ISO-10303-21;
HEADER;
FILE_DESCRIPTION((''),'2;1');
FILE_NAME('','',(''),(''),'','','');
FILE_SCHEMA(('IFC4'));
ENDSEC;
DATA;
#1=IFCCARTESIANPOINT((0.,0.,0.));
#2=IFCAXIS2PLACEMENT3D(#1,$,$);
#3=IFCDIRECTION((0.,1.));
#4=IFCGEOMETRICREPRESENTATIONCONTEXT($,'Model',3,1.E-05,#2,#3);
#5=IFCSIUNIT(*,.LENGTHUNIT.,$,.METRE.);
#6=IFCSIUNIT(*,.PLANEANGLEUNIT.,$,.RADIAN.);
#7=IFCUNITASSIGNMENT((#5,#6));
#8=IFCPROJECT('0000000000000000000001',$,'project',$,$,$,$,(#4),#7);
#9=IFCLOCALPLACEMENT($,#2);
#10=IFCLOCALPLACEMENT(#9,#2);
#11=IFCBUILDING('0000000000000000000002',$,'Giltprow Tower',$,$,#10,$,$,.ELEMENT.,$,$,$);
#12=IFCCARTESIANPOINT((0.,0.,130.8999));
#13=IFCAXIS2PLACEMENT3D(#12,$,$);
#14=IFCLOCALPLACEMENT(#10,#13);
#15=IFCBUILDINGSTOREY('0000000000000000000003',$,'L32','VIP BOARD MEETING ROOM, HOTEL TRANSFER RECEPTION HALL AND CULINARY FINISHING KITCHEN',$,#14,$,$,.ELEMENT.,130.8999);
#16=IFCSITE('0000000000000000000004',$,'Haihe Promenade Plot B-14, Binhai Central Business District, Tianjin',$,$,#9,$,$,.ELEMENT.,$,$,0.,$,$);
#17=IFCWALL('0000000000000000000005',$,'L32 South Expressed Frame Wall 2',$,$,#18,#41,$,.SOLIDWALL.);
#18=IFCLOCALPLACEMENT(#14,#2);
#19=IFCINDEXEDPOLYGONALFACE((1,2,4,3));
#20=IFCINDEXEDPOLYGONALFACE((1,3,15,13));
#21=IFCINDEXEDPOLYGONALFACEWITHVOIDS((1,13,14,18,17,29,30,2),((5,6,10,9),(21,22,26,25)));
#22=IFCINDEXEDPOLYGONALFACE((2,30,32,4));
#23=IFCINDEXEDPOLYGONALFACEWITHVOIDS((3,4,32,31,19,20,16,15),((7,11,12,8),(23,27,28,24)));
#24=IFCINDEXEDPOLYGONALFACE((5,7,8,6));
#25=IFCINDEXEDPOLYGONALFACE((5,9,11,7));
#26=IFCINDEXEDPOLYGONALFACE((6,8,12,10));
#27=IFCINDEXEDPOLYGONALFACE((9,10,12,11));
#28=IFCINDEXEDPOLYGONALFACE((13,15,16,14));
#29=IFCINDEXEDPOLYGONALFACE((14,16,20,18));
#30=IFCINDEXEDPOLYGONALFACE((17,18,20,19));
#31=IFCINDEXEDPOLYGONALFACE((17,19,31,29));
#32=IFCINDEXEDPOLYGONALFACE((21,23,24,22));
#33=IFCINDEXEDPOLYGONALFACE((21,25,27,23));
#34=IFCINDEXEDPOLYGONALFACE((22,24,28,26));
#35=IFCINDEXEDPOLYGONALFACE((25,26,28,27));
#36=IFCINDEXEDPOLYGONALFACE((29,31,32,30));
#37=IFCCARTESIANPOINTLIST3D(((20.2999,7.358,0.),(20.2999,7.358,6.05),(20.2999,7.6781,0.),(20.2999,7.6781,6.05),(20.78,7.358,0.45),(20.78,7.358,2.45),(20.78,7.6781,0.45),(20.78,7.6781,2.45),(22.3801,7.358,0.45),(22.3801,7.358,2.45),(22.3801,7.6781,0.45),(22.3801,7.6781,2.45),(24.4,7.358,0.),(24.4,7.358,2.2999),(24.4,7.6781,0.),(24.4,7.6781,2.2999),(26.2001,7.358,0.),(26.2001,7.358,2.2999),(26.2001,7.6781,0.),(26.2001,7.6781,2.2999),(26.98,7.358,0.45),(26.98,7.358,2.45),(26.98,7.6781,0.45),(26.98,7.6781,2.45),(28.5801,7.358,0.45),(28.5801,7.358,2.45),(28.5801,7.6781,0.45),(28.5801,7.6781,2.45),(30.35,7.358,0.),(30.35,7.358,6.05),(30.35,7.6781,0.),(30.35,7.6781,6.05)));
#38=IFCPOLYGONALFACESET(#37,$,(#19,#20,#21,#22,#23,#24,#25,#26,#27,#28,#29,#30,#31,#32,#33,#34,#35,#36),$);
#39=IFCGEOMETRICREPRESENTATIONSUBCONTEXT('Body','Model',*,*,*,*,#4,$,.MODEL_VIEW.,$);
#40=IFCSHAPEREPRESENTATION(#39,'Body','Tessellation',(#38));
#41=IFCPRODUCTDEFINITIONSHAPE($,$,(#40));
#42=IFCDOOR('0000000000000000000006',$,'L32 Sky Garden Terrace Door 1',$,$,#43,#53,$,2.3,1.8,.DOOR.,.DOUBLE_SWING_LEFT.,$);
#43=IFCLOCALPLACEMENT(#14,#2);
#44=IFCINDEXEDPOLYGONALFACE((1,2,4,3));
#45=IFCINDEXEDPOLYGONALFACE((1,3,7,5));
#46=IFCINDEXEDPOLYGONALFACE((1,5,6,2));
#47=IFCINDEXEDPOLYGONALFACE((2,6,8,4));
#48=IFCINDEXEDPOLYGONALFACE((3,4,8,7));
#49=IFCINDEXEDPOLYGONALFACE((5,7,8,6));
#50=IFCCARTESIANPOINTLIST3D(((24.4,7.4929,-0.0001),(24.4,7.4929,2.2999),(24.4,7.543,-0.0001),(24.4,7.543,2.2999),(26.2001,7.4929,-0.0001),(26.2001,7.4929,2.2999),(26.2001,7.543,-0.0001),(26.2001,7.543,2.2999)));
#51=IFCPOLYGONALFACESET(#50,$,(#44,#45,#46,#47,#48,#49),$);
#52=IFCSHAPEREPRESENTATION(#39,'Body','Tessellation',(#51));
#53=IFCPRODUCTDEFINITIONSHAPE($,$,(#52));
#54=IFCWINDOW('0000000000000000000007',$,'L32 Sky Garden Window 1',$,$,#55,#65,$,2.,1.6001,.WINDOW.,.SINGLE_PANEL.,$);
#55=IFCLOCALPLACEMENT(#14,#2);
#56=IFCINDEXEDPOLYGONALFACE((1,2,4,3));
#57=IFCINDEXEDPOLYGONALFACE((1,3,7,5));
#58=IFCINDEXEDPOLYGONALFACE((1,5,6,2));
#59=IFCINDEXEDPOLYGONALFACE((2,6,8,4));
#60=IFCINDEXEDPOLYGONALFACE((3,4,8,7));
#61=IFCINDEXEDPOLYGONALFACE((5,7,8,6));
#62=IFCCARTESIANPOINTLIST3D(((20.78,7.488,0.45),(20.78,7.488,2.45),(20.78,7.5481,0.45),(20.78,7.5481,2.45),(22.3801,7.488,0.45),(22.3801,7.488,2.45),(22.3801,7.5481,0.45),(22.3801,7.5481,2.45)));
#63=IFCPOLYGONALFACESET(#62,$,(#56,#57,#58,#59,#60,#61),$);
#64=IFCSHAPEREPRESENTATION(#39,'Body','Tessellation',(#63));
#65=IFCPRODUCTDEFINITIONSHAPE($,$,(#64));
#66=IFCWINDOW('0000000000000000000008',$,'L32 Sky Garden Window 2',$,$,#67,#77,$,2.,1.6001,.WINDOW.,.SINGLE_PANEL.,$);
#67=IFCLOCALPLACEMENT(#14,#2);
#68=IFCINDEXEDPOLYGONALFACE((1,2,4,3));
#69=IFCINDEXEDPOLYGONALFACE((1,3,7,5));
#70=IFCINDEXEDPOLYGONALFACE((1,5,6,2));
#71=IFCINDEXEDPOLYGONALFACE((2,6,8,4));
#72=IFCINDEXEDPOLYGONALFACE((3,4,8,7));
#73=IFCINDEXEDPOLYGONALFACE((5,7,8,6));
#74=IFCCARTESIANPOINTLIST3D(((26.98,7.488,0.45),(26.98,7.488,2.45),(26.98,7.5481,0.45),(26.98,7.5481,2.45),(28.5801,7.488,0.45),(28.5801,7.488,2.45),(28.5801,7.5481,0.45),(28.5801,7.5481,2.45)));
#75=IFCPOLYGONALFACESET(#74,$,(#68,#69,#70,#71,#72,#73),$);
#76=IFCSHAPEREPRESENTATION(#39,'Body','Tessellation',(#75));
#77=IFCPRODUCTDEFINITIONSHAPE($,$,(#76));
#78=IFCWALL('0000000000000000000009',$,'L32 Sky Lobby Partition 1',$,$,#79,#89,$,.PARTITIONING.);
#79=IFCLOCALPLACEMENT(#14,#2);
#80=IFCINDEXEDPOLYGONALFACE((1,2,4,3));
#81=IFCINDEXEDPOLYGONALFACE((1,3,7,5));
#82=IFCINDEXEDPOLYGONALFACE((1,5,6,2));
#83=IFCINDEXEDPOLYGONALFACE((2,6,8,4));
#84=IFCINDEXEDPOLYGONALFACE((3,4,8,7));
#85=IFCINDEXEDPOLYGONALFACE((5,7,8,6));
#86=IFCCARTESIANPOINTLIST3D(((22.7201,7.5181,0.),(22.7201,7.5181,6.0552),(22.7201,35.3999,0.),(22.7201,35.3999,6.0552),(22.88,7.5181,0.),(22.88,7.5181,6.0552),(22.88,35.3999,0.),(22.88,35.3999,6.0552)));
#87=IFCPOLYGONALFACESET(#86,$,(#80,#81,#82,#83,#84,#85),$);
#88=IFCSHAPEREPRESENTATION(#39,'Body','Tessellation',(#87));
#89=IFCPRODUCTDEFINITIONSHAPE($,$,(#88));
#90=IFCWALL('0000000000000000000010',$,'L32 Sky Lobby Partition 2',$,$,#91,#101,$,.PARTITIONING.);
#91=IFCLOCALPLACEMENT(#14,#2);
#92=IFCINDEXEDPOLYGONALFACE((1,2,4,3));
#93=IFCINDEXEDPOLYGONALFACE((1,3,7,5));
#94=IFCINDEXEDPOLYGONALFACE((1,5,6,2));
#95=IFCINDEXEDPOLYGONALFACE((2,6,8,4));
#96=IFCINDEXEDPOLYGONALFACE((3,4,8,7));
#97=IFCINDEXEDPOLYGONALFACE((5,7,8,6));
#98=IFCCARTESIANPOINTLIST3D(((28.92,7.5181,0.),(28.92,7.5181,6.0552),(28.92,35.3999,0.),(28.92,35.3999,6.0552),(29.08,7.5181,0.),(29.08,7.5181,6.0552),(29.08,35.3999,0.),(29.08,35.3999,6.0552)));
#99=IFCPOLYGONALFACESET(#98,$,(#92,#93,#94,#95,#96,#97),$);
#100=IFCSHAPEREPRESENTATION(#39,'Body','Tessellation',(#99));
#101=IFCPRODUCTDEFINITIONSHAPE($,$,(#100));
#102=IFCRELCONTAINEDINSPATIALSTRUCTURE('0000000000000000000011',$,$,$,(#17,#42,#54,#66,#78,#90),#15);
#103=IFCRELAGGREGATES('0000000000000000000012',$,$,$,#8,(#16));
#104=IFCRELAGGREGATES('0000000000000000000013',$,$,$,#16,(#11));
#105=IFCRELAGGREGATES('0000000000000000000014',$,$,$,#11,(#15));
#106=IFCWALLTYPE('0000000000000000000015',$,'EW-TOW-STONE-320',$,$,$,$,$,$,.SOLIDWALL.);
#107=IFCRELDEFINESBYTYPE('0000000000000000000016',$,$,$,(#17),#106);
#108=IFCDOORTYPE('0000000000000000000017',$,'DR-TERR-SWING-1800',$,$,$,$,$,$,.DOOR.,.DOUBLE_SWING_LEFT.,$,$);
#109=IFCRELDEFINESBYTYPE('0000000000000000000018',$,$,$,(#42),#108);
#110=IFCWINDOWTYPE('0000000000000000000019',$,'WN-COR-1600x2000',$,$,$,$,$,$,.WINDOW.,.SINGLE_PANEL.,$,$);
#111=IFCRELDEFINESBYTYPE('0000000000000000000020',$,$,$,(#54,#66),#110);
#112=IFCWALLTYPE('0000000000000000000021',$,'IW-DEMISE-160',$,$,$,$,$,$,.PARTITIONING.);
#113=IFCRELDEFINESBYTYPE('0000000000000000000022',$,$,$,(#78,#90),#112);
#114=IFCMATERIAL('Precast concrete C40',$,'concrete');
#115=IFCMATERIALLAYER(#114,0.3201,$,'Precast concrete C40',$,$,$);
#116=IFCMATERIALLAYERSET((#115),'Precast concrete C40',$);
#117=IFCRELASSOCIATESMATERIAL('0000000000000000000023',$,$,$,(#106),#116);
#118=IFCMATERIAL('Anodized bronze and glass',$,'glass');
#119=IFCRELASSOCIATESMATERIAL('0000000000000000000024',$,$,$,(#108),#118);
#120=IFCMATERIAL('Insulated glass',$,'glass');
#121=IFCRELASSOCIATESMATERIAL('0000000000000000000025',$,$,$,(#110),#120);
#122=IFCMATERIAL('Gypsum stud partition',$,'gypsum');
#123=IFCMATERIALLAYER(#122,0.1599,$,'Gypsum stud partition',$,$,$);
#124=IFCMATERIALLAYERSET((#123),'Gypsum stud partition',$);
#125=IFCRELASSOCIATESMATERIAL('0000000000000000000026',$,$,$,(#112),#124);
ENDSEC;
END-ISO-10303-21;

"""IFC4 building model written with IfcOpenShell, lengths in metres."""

from ifc_helpers import new_model, si_unit, direction, frame, frame_2d, origin, place, context, subcontext, project, spatial, rectangle, extrude, source, transform, mapped, material, layer, layer_set, type_object, element, fill, save


model = new_model("IFC4")

# Units and contexts
model_context = context("Model", 3, precision=1e-05, world=origin(), true_north=direction((0.0, 1.0)))
body_context = subcontext(model_context, "Body", "Model", "MODEL_VIEW")
ifc_project = project(units=[si_unit("LENGTHUNIT", "METRE"), si_unit("PLANEANGLEUNIT", "RADIAN")], contexts=[model_context])

# Site, building, storey
site_placement = place(None, origin())
site = spatial("IfcSite", under=ifc_project, at=site_placement, Name="Haihe Promenade Plot B-14, Binhai Central Business District, Tianjin", CompositionType="ELEMENT", RefElevation=0.0)
building_placement = place(site_placement, origin())
building = spatial("IfcBuilding", under=site, at=building_placement, Name="Giltprow Tower", CompositionType="ELEMENT")
storey_placement = place(building_placement, frame((0.0, 0.0, 130.8999)))
storey = spatial("IfcBuildingStorey", under=building, at=storey_placement, Name="L32", Description="VIP BOARD MEETING ROOM, HOTEL TRANSFER RECEPTION HALL AND CULINARY FINISHING KITCHEN", CompositionType="ELEMENT", Elevation=130.8999)

# Shared definitions
ifc_material_1 = material(Name="Insulated glass", Category="glass")

# Wall, openings, door, windows
ifc_material_2 = material(Name="Precast concrete C40", Category="concrete")
ifc_layer_1 = layer(ifc_material_2, 0.3201, Name="Precast concrete C40")
ifc_layer_set_1 = layer_set([ifc_layer_1], Name="Precast concrete C40")
wall_type_1 = type_object("IfcWallType", Name="EW-TOW-STONE-320", PredefinedType="SOLIDWALL", material=ifc_layer_set_1)
wall_placement = place(storey_placement, frame((20.3, 7.5181, 0.0), z_axis=(0.0, 0.0, 1.0), x_axis=(1.0, 0.0, 0.0)))
wall = element("IfcWall", 1, at=wall_placement, inside=storey, type_object=wall_type_1, Name="L32 South Expressed Frame Wall 2", PredefinedType="SOLIDWALL", context=body_context, shape_type="SweptSolid", body=[
    extrude(rectangle(XDim=10.05, YDim=0.3201, at=frame_2d((5.0249, 0.0))), origin(), (0.0, 0.0, 1.0), 6.05),
])
opening_1_placement = place(wall_placement, frame((4.1001, 0.0, 0.0)))
opening_1 = element("IfcOpeningElement", 2, at=opening_1_placement, cuts=wall, PredefinedType="OPENING", context=body_context, shape_type="SweptSolid", body=[
    extrude(rectangle(XDim=1.8, YDim=2.3, at=frame_2d((0.8999, 1.1499))), frame((0.0, 0.1699, 0.0), z_axis=(0.0, -1.0, 0.0), x_axis=(1.0, 0.0, 0.0)), (0.0, 0.0, 1.0), 0.3401),
])
opening_2_placement = place(wall_placement, frame((0.48, 0.0, 0.45)))
opening_2 = element("IfcOpeningElement", 3, at=opening_2_placement, cuts=wall, PredefinedType="OPENING", context=body_context, shape_type="SweptSolid", body=[
    extrude(rectangle(XDim=1.6001, YDim=2.0, at=frame_2d((0.8, 1.0))), frame((0.0, 0.1699, 0.0), z_axis=(0.0, -1.0, 0.0), x_axis=(1.0, 0.0, 0.0)), (0.0, 0.0, 1.0), 0.3401),
])
opening_3_placement = place(wall_placement, frame((6.6799, 0.0, 0.45)))
opening_3 = element("IfcOpeningElement", 4, at=opening_3_placement, cuts=wall, PredefinedType="OPENING", context=body_context, shape_type="SweptSolid", body=[
    extrude(rectangle(XDim=1.6001, YDim=2.0, at=frame_2d((0.8, 1.0))), frame((0.0, 0.1699, 0.0), z_axis=(0.0, -1.0, 0.0), x_axis=(1.0, 0.0, 0.0)), (0.0, 0.0, 1.0), 0.3401),
])
ifc_material_3 = material(Name="Anodized bronze and glass", Category="glass")
door_type = type_object("IfcDoorType", Name="DR-TERR-SWING-1800", OperationType="DOUBLE_SWING_LEFT", PredefinedType="DOOR", material=ifc_material_3)
shared_shape_1 = source(origin(), body_context, "Body", "SweptSolid", [
    extrude(rectangle(XDim=1.8, YDim=2.3, at=frame_2d((0.8999, 1.1499))), frame((0.0, 0.0249, 0.0), z_axis=(0.0, -1.0, 0.0), x_axis=(1.0, 0.0, 0.0)), (0.0, 0.0, 1.0), 0.05),
])
door_placement = place(opening_1_placement, origin())
door = element("IfcDoor", 5, at=door_placement, inside=storey, type_object=door_type, Name="L32 Sky Garden Terrace Door 1", OperationType="DOUBLE_SWING_LEFT", OverallHeight=2.3, OverallWidth=1.8, PredefinedType="DOOR", context=body_context, shape_type="MappedRepresentation", body=[
    mapped(shared_shape_1, transform((0.0, 0.0, 0.0), x_axis=(1.0, 0.0, 0.0), y_axis=(0.0, 1.0, 0.0), z_axis=(0.0, 0.0, 1.0), scale=1.0)),
])
fill(opening_1, door)
window_type = type_object("IfcWindowType", Name="WN-COR-1600x2000", PartitioningType="SINGLE_PANEL", PredefinedType="WINDOW", material=ifc_material_1)
shared_shape_2 = source(origin(), body_context, "Body", "SweptSolid", [
    extrude(rectangle(XDim=1.6001, YDim=2.0, at=frame_2d((0.8, 1.0))), frame((0.0, 0.03, 0.0), z_axis=(0.0, -1.0, 0.0), x_axis=(1.0, 0.0, 0.0)), (0.0, 0.0, 1.0), 0.0601),
])
window_1_placement = place(opening_2_placement, origin())
window_1 = element("IfcWindow", 6, at=window_1_placement, inside=storey, type_object=window_type, Name="L32 Sky Garden Window 1", OverallHeight=2.0, OverallWidth=1.6001, PartitioningType="SINGLE_PANEL", PredefinedType="WINDOW", context=body_context, shape_type="MappedRepresentation", body=[
    mapped(shared_shape_2, transform((0.0, 0.0, 0.0), x_axis=(1.0, 0.0, 0.0), y_axis=(0.0, 1.0, 0.0), z_axis=(0.0, 0.0, 1.0), scale=1.0)),
])
fill(opening_2, window_1)
window_2_placement = place(opening_3_placement, origin())
window_2 = element("IfcWindow", 7, at=window_2_placement, inside=storey, type_object=window_type, Name="L32 Sky Garden Window 2", OverallHeight=2.0, OverallWidth=1.6001, PartitioningType="SINGLE_PANEL", PredefinedType="WINDOW", context=body_context, shape_type="MappedRepresentation", body=[
    mapped(shared_shape_2, transform((0.0, 0.0, 0.0), x_axis=(1.0, 0.0, 0.0), y_axis=(0.0, 1.0, 0.0), z_axis=(0.0, 0.0, 1.0), scale=1.0)),
])
fill(opening_3, window_2)

# Walls
ifc_material_4 = material(Name="Gypsum stud partition", Category="gypsum")
ifc_layer_2 = layer(ifc_material_4, 0.1599, Name="Gypsum stud partition")
ifc_layer_set_2 = layer_set([ifc_layer_2], Name="Gypsum stud partition")
wall_type_2 = type_object("IfcWallType", Name="IW-DEMISE-160", PredefinedType="PARTITIONING", material=ifc_layer_set_2)
for number, where, z_axis, x_axis, name in (
    (8, (22.8, 7.5181, 0.0), (0.0, 0.0, 1.0), (0.0, 1.0, 0.0), "L32 Sky Lobby Partition 1"),
    (9, (29.0, 7.5181, 0.0), (0.0, 0.0, 1.0), (0.0, 1.0, 0.0), "L32 Sky Lobby Partition 2"),
):
    element("IfcWall", number, at=place(storey_placement, frame(where, z_axis=z_axis, x_axis=x_axis)), inside=storey, type_object=wall_type_2, Name=name, PredefinedType="PARTITIONING", context=body_context, shape_type="SweptSolid", body=[
        extrude(rectangle(XDim=27.8818, YDim=0.1599, at=frame_2d((13.9409, 0.0))), origin(), (0.0, 0.0, 1.0), 6.0552),
    ])

save(model, "model.ifc")
